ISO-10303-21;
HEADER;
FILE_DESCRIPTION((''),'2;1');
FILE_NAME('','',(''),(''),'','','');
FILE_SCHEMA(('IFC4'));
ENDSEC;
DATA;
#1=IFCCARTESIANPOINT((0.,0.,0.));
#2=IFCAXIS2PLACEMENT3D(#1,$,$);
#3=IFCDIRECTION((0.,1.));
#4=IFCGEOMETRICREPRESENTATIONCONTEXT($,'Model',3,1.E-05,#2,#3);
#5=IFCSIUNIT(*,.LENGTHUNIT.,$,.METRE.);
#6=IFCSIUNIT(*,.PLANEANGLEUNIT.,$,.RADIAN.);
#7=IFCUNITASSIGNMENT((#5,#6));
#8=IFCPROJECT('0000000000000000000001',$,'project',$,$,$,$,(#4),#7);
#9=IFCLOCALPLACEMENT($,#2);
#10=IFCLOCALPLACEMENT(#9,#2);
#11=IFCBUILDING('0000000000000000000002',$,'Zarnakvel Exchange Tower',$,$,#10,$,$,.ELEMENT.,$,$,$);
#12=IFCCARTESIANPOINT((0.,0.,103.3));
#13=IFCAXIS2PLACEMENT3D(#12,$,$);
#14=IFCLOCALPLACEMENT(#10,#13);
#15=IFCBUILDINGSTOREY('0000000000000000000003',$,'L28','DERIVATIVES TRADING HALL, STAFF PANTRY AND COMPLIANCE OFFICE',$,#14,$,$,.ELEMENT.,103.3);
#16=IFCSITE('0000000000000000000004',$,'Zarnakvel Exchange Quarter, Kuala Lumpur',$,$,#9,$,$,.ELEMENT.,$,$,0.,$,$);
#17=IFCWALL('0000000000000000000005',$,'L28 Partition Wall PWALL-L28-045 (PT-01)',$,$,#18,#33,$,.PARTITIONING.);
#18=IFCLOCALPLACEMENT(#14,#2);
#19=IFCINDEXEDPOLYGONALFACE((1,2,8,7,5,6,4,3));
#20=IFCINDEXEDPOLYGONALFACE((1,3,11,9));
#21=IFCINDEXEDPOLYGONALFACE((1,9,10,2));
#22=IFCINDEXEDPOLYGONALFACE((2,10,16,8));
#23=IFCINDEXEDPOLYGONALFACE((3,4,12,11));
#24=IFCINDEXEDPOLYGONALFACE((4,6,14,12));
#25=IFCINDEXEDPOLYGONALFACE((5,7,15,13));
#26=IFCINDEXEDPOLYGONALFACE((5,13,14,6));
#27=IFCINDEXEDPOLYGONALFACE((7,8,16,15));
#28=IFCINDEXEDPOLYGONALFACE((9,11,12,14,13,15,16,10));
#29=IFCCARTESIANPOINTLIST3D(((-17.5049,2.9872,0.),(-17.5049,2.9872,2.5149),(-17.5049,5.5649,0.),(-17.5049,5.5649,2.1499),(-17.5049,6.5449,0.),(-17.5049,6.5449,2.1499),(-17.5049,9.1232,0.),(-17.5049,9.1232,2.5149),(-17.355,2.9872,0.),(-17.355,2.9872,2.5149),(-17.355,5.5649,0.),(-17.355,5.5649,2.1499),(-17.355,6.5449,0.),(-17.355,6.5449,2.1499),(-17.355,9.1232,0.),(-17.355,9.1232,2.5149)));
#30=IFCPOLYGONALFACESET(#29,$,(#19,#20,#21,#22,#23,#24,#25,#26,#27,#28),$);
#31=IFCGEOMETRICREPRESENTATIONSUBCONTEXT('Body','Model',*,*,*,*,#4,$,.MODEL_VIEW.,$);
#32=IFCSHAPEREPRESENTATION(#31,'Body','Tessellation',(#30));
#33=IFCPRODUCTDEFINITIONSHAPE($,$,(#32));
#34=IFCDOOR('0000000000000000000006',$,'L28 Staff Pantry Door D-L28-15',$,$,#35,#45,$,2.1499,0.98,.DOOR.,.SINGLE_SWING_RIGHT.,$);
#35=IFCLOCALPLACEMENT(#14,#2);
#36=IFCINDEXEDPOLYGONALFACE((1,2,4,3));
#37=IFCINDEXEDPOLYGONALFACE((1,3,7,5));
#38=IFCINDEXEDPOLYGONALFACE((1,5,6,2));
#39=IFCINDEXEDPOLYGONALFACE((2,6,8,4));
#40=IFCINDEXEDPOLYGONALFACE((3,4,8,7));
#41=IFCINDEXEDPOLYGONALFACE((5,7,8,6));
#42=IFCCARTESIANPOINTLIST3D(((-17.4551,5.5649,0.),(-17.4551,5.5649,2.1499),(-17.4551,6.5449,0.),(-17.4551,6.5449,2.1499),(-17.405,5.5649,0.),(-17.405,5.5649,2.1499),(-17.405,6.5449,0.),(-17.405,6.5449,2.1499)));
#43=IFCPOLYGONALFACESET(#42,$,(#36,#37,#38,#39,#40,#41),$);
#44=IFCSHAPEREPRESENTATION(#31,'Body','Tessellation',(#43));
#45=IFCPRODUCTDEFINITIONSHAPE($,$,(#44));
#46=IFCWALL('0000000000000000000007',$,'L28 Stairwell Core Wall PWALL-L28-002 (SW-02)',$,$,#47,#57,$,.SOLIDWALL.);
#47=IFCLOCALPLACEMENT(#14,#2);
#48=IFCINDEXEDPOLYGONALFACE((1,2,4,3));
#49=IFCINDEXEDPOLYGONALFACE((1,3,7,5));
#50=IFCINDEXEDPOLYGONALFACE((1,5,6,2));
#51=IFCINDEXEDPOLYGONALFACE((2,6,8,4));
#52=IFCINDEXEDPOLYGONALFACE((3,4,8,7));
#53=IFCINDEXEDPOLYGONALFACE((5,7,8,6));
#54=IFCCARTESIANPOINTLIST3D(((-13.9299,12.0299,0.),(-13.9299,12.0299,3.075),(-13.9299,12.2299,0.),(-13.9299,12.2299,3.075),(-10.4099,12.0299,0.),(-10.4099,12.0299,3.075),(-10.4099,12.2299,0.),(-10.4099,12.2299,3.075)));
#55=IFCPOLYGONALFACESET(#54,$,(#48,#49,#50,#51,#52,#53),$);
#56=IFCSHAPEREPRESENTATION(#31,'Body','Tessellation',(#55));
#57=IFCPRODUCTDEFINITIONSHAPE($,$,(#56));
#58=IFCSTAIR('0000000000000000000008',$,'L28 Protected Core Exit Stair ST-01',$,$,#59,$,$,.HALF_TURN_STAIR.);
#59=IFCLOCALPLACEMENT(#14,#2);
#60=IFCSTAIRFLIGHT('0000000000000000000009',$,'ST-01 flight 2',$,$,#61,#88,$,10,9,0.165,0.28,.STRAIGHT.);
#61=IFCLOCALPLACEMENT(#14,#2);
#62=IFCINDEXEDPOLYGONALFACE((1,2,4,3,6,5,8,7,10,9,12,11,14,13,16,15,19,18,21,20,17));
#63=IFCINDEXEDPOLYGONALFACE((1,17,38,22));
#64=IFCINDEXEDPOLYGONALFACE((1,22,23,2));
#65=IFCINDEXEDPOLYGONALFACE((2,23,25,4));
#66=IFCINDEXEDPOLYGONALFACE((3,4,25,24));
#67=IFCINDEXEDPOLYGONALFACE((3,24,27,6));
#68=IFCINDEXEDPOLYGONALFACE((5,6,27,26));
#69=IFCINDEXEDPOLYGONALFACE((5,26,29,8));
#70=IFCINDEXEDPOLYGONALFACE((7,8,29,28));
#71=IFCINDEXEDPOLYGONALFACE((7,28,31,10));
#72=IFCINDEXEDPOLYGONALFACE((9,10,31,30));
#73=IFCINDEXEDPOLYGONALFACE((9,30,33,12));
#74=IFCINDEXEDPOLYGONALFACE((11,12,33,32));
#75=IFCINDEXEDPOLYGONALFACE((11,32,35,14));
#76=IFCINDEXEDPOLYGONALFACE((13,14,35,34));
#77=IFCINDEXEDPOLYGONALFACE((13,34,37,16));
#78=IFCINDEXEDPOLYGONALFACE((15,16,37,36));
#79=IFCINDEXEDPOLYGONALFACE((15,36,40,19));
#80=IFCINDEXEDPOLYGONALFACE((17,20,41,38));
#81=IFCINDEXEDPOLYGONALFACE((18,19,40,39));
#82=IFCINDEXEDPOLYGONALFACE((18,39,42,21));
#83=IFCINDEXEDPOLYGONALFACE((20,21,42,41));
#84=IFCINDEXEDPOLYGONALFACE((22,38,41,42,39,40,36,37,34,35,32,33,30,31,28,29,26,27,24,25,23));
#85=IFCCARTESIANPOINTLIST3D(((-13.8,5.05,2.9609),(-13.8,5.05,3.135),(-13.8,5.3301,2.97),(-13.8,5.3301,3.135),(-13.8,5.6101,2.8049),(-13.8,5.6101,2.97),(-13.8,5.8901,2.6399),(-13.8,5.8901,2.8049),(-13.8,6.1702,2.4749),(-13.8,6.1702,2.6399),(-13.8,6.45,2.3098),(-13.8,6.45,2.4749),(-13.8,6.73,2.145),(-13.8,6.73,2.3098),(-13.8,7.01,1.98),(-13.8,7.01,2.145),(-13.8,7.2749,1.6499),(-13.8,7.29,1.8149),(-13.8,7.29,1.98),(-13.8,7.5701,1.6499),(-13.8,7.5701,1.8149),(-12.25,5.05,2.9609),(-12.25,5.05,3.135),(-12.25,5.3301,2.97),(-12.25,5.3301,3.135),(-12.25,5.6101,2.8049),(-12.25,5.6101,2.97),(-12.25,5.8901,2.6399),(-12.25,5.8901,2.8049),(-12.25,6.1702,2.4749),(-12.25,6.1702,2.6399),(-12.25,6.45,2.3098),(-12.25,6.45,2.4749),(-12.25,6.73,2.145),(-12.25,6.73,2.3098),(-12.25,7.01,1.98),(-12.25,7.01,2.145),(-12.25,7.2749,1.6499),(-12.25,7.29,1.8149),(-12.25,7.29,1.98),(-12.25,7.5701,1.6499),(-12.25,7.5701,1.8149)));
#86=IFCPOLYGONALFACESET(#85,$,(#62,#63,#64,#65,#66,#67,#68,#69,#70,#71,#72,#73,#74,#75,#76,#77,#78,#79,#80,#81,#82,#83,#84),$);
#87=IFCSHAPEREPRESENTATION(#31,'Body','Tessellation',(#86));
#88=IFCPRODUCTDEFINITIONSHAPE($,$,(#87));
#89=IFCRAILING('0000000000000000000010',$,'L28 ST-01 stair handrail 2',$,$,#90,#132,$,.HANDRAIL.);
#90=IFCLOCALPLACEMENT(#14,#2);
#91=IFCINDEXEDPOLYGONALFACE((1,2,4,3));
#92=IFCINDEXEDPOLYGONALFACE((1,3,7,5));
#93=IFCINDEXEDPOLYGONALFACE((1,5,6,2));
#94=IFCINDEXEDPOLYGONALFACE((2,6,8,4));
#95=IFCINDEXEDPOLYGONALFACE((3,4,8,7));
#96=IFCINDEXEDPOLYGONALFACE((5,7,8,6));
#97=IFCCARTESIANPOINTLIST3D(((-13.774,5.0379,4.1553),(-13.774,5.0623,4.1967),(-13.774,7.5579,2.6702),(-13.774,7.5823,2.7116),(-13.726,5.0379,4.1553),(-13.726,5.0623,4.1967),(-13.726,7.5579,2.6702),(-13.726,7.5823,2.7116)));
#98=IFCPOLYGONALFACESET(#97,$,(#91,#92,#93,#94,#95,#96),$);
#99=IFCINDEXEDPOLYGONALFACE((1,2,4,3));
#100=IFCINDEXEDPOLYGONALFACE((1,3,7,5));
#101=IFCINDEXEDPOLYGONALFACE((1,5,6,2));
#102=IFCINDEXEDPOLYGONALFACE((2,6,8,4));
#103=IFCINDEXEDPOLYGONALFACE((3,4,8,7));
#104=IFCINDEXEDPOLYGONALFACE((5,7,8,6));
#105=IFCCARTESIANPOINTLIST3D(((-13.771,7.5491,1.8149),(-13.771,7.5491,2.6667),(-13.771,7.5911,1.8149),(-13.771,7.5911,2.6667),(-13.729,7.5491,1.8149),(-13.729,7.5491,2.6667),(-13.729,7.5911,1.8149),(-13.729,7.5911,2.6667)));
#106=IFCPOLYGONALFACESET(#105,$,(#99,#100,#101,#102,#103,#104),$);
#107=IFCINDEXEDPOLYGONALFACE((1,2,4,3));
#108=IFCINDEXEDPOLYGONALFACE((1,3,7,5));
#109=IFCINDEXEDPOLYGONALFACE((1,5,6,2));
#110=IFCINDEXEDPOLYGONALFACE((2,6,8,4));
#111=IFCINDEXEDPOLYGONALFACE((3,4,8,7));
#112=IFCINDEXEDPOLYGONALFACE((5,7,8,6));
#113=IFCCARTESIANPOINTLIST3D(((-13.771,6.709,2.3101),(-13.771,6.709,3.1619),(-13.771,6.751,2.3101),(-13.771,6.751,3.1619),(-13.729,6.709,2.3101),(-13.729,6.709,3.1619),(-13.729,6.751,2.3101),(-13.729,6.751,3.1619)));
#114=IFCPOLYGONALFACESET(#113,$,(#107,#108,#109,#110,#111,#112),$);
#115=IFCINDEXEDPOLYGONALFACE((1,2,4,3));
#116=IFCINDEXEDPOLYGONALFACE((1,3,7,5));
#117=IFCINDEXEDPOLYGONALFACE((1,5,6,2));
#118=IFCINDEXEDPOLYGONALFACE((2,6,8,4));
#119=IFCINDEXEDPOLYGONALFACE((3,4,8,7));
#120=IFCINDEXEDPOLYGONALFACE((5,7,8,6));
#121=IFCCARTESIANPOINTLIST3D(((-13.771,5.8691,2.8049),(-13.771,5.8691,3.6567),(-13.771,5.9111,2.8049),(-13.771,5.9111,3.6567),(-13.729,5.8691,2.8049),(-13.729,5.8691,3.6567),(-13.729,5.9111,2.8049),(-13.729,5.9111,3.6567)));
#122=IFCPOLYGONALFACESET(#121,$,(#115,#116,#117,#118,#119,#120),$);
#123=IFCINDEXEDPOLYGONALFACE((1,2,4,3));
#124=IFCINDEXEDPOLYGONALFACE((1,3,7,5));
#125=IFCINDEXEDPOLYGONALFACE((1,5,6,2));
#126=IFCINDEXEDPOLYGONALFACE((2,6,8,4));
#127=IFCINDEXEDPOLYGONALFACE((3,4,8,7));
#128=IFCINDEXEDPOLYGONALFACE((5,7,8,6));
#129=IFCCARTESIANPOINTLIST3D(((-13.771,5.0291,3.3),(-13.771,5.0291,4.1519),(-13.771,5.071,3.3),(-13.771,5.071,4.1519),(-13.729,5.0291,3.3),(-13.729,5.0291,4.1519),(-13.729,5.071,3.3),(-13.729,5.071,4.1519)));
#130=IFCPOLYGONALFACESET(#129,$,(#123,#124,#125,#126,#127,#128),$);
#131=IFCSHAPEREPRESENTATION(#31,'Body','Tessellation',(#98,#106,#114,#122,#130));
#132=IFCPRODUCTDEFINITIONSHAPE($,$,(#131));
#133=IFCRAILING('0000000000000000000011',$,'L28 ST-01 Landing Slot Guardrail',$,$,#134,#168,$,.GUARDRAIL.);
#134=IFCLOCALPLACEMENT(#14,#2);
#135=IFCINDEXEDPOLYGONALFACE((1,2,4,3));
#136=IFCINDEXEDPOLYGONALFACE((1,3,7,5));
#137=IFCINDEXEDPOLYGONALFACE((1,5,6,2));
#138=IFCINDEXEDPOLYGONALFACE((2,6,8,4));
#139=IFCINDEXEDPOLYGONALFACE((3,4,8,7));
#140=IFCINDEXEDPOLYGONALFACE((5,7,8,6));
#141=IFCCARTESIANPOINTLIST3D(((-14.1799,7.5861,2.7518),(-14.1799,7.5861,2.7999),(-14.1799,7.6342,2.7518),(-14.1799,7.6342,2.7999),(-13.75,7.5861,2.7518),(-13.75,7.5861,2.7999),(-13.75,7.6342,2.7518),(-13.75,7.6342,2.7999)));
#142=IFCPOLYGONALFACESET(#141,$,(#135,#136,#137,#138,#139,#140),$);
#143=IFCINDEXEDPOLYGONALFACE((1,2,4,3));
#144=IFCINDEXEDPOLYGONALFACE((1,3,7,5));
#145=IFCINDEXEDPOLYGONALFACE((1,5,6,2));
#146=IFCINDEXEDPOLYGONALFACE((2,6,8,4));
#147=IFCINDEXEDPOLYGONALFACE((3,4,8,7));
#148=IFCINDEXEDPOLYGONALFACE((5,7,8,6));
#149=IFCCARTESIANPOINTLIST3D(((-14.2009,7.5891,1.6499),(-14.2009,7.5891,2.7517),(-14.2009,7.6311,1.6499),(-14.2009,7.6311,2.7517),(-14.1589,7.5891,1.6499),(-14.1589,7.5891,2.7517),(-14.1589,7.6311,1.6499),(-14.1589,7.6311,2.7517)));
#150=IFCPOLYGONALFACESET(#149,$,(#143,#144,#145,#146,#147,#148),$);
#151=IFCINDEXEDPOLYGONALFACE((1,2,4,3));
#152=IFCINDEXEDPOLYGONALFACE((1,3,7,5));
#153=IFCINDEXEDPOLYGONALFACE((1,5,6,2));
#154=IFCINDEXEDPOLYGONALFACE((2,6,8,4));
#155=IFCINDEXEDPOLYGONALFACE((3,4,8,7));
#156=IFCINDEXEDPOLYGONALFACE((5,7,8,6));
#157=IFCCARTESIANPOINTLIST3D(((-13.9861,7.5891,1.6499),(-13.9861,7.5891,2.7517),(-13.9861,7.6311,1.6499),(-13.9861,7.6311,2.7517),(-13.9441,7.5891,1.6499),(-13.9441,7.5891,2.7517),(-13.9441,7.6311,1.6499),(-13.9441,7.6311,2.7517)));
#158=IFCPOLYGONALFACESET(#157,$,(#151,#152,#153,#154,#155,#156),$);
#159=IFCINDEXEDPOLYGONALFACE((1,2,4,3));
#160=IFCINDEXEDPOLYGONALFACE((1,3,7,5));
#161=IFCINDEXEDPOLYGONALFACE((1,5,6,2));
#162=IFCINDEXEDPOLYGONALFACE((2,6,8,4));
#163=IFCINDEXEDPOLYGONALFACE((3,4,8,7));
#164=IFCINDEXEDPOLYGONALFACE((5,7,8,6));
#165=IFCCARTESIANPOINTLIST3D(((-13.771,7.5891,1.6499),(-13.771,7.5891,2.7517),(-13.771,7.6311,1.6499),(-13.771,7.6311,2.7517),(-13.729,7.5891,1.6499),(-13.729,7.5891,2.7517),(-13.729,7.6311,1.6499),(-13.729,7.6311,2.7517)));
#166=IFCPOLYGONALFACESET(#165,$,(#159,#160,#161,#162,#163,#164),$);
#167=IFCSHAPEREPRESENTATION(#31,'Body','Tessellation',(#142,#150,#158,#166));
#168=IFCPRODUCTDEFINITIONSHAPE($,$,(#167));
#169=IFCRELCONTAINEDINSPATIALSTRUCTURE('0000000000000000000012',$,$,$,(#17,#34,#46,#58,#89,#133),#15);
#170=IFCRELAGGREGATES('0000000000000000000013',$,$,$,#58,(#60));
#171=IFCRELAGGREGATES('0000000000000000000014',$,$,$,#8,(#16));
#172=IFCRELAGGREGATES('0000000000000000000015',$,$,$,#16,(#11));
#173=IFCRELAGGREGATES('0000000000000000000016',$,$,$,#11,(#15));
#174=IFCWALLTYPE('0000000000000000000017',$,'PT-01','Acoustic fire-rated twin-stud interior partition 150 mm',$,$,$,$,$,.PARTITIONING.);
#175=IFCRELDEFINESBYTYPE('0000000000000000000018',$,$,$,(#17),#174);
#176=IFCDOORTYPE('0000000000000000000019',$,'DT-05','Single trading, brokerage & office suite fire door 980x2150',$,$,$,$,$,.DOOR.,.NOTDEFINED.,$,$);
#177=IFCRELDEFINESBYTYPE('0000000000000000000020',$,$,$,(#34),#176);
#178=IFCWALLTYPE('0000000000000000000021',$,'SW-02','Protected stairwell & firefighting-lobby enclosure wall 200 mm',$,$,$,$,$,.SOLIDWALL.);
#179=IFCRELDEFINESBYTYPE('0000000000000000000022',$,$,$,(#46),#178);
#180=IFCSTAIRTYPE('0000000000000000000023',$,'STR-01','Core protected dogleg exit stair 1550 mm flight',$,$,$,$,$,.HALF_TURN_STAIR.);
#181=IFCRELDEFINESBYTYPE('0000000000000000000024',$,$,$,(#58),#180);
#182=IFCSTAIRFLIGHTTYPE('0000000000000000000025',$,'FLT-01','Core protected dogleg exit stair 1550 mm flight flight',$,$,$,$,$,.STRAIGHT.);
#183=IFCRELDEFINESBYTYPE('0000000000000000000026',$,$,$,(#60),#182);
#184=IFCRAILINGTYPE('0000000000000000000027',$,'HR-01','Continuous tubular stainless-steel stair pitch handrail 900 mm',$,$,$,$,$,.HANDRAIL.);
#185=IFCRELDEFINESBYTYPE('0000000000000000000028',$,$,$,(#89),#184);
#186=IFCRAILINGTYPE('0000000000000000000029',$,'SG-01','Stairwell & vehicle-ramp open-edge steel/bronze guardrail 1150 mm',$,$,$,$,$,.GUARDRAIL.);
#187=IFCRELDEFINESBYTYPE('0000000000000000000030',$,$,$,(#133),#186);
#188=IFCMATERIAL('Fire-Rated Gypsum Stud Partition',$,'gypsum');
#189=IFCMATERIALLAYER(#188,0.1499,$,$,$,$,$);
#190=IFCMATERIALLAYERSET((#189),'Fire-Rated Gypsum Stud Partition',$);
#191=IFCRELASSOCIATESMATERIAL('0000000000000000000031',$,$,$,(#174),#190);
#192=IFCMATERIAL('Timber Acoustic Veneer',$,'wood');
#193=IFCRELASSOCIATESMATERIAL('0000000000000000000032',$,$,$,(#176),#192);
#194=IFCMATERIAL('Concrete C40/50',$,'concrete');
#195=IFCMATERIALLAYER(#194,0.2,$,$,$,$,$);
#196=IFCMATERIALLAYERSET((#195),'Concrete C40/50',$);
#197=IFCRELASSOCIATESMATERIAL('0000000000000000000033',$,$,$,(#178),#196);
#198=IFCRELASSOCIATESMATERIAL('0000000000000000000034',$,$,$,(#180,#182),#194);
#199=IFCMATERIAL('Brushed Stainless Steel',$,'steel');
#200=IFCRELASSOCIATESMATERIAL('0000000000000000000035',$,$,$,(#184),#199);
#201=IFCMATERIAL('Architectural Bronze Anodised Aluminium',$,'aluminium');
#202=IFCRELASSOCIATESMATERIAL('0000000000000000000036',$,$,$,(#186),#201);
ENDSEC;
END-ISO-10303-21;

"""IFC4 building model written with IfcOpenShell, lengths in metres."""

from ifc_helpers import new_model, si_unit, direction, frame, frame_2d, origin, origin_2d, place, context, subcontext, project, spatial, polyline, rectangle, outline, extrude, source, transform, mapped, material, layer, layer_set, type_object, element, fill, aggregate, save


model = new_model("IFC4")

# Units and contexts
model_context = context("Model", 3, precision=1e-05, world=origin(), true_north=direction((0.0, 1.0)))
body_context = subcontext(model_context, "Body", "Model", "MODEL_VIEW")
ifc_project = project(units=[si_unit("LENGTHUNIT", "METRE"), si_unit("PLANEANGLEUNIT", "RADIAN")], contexts=[model_context])

# Site, building, storey
site_placement = place(None, origin())
site = spatial("IfcSite", under=ifc_project, at=site_placement, Name="Zarnakvel Exchange Quarter, Kuala Lumpur", CompositionType="ELEMENT", RefElevation=0.0)
building_placement = place(site_placement, origin())
building = spatial("IfcBuilding", under=site, at=building_placement, Name="Zarnakvel Exchange Tower", CompositionType="ELEMENT")
storey_placement = place(building_placement, frame((0.0, 0.0, 103.3)))
storey = spatial("IfcBuildingStorey", under=building, at=storey_placement, Name="L28", Description="DERIVATIVES TRADING HALL, STAFF PANTRY AND COMPLIANCE OFFICE", CompositionType="ELEMENT", Elevation=103.3)

# Shared definitions
ifc_material_1 = material(Name="Architectural Bronze Anodised Aluminium", Category="aluminium")

# Wall, opening, door
ifc_material_2 = material(Name="Fire-Rated Gypsum Stud Partition", Category="gypsum")
ifc_layer_1 = layer(ifc_material_2, 0.1499)
ifc_layer_set_1 = layer_set([ifc_layer_1], Name="Fire-Rated Gypsum Stud Partition")
wall_type_1 = type_object("IfcWallType", Name="PT-01", Description="Acoustic fire-rated twin-stud interior partition 150 mm", PredefinedType="PARTITIONING", material=ifc_layer_set_1)
wall_1_placement = place(storey_placement, frame((-17.4299, 9.123, 0.0), z_axis=(0.0, 0.0, 1.0), x_axis=(0.0, -1.0, 0.0)))
wall_1 = element("IfcWall", 1, at=wall_1_placement, inside=storey, type_object=wall_type_1, Name="L28 Partition Wall PWALL-L28-045 (PT-01)", PredefinedType="PARTITIONING", context=body_context, shape_type="SweptSolid", body=[
    extrude(rectangle(XDim=6.136, YDim=0.1499, at=frame_2d((3.0679, 0.0))), origin(), (0.0, 0.0, 1.0), 2.5149),
])
opening_1_placement = place(wall_1_placement, frame((2.5781, 0.0, 0.0)))
opening_1 = element("IfcOpeningElement", 2, at=opening_1_placement, cuts=wall_1, PredefinedType="OPENING", context=body_context, shape_type="SweptSolid", body=[
    extrude(rectangle(XDim=0.98, YDim=2.1499, at=frame_2d((0.49, 1.075))), frame((0.0, 0.085, 0.0), z_axis=(0.0, -1.0, 0.0), x_axis=(1.0, 0.0, 0.0)), (0.0, 0.0, 1.0), 0.1699),
])
ifc_material_3 = material(Name="Timber Acoustic Veneer", Category="wood")
door_type = type_object("IfcDoorType", Name="DT-05", Description="Single trading, brokerage & office suite fire door 980x2150", OperationType="NOTDEFINED", PredefinedType="DOOR", material=ifc_material_3)
shared_shape_1 = source(origin(), body_context, "Body", "SweptSolid", [
    extrude(rectangle(XDim=0.98, YDim=2.1499, at=frame_2d((0.49, 1.075))), frame((0.0, 0.0249, 0.0), z_axis=(0.0, -1.0, 0.0), x_axis=(1.0, 0.0, 0.0)), (0.0, 0.0, 1.0), 0.05),
])
door_1_placement = place(opening_1_placement, origin())
door_1 = element("IfcDoor", 3, at=door_1_placement, inside=storey, type_object=door_type, Name="L28 Staff Pantry Door D-L28-15", OperationType="SINGLE_SWING_RIGHT", OverallHeight=2.1499, OverallWidth=0.98, PredefinedType="DOOR", context=body_context, shape_type="MappedRepresentation", body=[
    mapped(shared_shape_1, transform((0.0, 0.0, 0.0), x_axis=(1.0, 0.0, 0.0), y_axis=(0.0, 1.0, 0.0), z_axis=(0.0, 0.0, 1.0), scale=1.0)),
])
fill(opening_1, door_1)

# Wall
ifc_material_4 = material(Name="Concrete C40/50", Category="concrete")
ifc_layer_2 = layer(ifc_material_4, 0.2)
ifc_layer_set_2 = layer_set([ifc_layer_2], Name="Concrete C40/50")
wall_type_2 = type_object("IfcWallType", Name="SW-02", Description="Protected stairwell & firefighting-lobby enclosure wall 200 mm", PredefinedType="SOLIDWALL", material=ifc_layer_set_2)
wall_2_placement = place(storey_placement, frame((-13.9299, 12.1299, 0.0), z_axis=(0.0, 0.0, 1.0), x_axis=(1.0, 0.0, 0.0)))
element("IfcWall", 4, at=wall_2_placement, inside=storey, type_object=wall_type_2, Name="L28 Stairwell Core Wall PWALL-L28-002 (SW-02)", PredefinedType="SOLIDWALL", context=body_context, shape_type="SweptSolid", body=[
    extrude(rectangle(XDim=3.52, YDim=0.2, at=frame_2d((1.76, 0.0))), origin(), (0.0, 0.0, 1.0), 3.075),
])

# Stair, stair flight
stair_type = type_object("IfcStairType", Name="STR-01", Description="Core protected dogleg exit stair 1550 mm flight", PredefinedType="HALF_TURN_STAIR", material=ifc_material_4)
stair_placement = place(storey_placement, origin())
stair = element("IfcStair", 5, at=stair_placement, inside=storey, type_object=stair_type, Name="L28 Protected Core Exit Stair ST-01", PredefinedType="HALF_TURN_STAIR")
stair_flight_type = type_object("IfcStairFlightType", Name="FLT-01", Description="Core protected dogleg exit stair 1550 mm flight flight", PredefinedType="STRAIGHT", material=ifc_material_4)
stair_flight_placement = place(storey_placement, frame((-13.0249, 7.5701, 1.6499), z_axis=(0.0, 0.0, 1.0), x_axis=(0.0, -1.0, 0.0)))
stair_flight = element("IfcStairFlight", 6, at=stair_flight_placement, type_object=stair_flight_type, Name="ST-01 flight 2", NumberOfRisers=10, NumberOfTreads=9, PredefinedType="STRAIGHT", RiserHeight=0.165, TreadLength=0.28, context=body_context, shape_type="SweptSolid", body=[
    extrude(outline(polyline([(0.0, 0.0), (0.0, 0.165), (0.28, 0.165), (0.28, 0.3301), (0.5601, 0.3301), (0.5601, 0.4951), (0.8401, 0.4951), (0.8401, 0.6599), (1.1201, 0.6599), (1.1201, 0.825), (1.3999, 0.825), (1.3999, 0.99), (1.6799, 0.99), (1.6799, 1.155), (1.96, 1.155), (1.96, 1.3201), (2.24, 1.3201), (2.24, 1.4851), (2.52, 1.4851), (2.52, 1.6499), (2.52, 1.311), (0.2952, 0.0), (0.0, 0.0)])), frame((0.0, 0.7749, 0.0), z_axis=(0.0, -1.0, 0.0), x_axis=(1.0, 0.0, 0.0)), (0.0, 0.0, 1.0), 1.55),
])
aggregate(stair, [stair_flight])

# Railings
ifc_material_5 = material(Name="Brushed Stainless Steel", Category="steel")
railing_type_1 = type_object("IfcRailingType", Name="HR-01", Description="Continuous tubular stainless-steel stair pitch handrail 900 mm", PredefinedType="HANDRAIL", material=ifc_material_5)
railing_1_placement = place(storey_placement, frame((-13.75, 7.5701, 1.8149)))
element("IfcRailing", 7, at=railing_1_placement, inside=storey, type_object=railing_type_1, Name="L28 ST-01 stair handrail 2", PredefinedType="HANDRAIL", context=body_context, shape_type="SweptSolid", body=[
    extrude(rectangle(XDim=0.0481, YDim=0.0481, at=origin_2d()), frame((0.0, 0.0, 0.876), z_axis=(0.0, -0.861524, 0.507717), x_axis=(1.0, 0.0, 0.0)), (0.0, 0.0, 1.0), 2.925),
    extrude(rectangle(XDim=0.042, YDim=0.042, at=origin_2d()), origin(), (0.0, 0.0, 1.0), 0.8518),
    extrude(rectangle(XDim=0.042, YDim=0.042, at=origin_2d()), frame((0.0, -0.8401, 0.4951)), (0.0, 0.0, 1.0), 0.8518),
    extrude(rectangle(XDim=0.042, YDim=0.042, at=origin_2d()), frame((0.0, -1.6799, 0.99)), (0.0, 0.0, 1.0), 0.8518),
    extrude(rectangle(XDim=0.042, YDim=0.042, at=origin_2d()), frame((0.0, -2.52, 1.4851)), (0.0, 0.0, 1.0), 0.8518),
])
railing_type_2 = type_object("IfcRailingType", Name="SG-01", Description="Stairwell & vehicle-ramp open-edge steel/bronze guardrail 1150 mm", PredefinedType="GUARDRAIL", material=ifc_material_1)
railing_2_placement = place(storey_placement, frame((-14.1799, 7.6101, 1.6499)))
element("IfcRailing", 8, at=railing_2_placement, inside=storey, type_object=railing_type_2, Name="L28 ST-01 Landing Slot Guardrail", PredefinedType="GUARDRAIL", context=body_context, shape_type="SweptSolid", body=[
    extrude(rectangle(XDim=0.0481, YDim=0.0481, at=origin_2d()), frame((0.0, 0.0, 1.126), z_axis=(1.0, 0.0, 0.0), x_axis=(0.0, 1.0, 0.0)), (0.0, 0.0, 1.0), 0.4299),
    extrude(rectangle(XDim=0.042, YDim=0.042, at=origin_2d()), origin(), (0.0, 0.0, 1.0), 1.1018),
    extrude(rectangle(XDim=0.042, YDim=0.042, at=origin_2d()), frame((0.2148, 0.0, 0.0)), (0.0, 0.0, 1.0), 1.1018),
    extrude(rectangle(XDim=0.042, YDim=0.042, at=origin_2d()), frame((0.4299, 0.0, 0.0)), (0.0, 0.0, 1.0), 1.1018),
])

save(model, "model.ifc")
